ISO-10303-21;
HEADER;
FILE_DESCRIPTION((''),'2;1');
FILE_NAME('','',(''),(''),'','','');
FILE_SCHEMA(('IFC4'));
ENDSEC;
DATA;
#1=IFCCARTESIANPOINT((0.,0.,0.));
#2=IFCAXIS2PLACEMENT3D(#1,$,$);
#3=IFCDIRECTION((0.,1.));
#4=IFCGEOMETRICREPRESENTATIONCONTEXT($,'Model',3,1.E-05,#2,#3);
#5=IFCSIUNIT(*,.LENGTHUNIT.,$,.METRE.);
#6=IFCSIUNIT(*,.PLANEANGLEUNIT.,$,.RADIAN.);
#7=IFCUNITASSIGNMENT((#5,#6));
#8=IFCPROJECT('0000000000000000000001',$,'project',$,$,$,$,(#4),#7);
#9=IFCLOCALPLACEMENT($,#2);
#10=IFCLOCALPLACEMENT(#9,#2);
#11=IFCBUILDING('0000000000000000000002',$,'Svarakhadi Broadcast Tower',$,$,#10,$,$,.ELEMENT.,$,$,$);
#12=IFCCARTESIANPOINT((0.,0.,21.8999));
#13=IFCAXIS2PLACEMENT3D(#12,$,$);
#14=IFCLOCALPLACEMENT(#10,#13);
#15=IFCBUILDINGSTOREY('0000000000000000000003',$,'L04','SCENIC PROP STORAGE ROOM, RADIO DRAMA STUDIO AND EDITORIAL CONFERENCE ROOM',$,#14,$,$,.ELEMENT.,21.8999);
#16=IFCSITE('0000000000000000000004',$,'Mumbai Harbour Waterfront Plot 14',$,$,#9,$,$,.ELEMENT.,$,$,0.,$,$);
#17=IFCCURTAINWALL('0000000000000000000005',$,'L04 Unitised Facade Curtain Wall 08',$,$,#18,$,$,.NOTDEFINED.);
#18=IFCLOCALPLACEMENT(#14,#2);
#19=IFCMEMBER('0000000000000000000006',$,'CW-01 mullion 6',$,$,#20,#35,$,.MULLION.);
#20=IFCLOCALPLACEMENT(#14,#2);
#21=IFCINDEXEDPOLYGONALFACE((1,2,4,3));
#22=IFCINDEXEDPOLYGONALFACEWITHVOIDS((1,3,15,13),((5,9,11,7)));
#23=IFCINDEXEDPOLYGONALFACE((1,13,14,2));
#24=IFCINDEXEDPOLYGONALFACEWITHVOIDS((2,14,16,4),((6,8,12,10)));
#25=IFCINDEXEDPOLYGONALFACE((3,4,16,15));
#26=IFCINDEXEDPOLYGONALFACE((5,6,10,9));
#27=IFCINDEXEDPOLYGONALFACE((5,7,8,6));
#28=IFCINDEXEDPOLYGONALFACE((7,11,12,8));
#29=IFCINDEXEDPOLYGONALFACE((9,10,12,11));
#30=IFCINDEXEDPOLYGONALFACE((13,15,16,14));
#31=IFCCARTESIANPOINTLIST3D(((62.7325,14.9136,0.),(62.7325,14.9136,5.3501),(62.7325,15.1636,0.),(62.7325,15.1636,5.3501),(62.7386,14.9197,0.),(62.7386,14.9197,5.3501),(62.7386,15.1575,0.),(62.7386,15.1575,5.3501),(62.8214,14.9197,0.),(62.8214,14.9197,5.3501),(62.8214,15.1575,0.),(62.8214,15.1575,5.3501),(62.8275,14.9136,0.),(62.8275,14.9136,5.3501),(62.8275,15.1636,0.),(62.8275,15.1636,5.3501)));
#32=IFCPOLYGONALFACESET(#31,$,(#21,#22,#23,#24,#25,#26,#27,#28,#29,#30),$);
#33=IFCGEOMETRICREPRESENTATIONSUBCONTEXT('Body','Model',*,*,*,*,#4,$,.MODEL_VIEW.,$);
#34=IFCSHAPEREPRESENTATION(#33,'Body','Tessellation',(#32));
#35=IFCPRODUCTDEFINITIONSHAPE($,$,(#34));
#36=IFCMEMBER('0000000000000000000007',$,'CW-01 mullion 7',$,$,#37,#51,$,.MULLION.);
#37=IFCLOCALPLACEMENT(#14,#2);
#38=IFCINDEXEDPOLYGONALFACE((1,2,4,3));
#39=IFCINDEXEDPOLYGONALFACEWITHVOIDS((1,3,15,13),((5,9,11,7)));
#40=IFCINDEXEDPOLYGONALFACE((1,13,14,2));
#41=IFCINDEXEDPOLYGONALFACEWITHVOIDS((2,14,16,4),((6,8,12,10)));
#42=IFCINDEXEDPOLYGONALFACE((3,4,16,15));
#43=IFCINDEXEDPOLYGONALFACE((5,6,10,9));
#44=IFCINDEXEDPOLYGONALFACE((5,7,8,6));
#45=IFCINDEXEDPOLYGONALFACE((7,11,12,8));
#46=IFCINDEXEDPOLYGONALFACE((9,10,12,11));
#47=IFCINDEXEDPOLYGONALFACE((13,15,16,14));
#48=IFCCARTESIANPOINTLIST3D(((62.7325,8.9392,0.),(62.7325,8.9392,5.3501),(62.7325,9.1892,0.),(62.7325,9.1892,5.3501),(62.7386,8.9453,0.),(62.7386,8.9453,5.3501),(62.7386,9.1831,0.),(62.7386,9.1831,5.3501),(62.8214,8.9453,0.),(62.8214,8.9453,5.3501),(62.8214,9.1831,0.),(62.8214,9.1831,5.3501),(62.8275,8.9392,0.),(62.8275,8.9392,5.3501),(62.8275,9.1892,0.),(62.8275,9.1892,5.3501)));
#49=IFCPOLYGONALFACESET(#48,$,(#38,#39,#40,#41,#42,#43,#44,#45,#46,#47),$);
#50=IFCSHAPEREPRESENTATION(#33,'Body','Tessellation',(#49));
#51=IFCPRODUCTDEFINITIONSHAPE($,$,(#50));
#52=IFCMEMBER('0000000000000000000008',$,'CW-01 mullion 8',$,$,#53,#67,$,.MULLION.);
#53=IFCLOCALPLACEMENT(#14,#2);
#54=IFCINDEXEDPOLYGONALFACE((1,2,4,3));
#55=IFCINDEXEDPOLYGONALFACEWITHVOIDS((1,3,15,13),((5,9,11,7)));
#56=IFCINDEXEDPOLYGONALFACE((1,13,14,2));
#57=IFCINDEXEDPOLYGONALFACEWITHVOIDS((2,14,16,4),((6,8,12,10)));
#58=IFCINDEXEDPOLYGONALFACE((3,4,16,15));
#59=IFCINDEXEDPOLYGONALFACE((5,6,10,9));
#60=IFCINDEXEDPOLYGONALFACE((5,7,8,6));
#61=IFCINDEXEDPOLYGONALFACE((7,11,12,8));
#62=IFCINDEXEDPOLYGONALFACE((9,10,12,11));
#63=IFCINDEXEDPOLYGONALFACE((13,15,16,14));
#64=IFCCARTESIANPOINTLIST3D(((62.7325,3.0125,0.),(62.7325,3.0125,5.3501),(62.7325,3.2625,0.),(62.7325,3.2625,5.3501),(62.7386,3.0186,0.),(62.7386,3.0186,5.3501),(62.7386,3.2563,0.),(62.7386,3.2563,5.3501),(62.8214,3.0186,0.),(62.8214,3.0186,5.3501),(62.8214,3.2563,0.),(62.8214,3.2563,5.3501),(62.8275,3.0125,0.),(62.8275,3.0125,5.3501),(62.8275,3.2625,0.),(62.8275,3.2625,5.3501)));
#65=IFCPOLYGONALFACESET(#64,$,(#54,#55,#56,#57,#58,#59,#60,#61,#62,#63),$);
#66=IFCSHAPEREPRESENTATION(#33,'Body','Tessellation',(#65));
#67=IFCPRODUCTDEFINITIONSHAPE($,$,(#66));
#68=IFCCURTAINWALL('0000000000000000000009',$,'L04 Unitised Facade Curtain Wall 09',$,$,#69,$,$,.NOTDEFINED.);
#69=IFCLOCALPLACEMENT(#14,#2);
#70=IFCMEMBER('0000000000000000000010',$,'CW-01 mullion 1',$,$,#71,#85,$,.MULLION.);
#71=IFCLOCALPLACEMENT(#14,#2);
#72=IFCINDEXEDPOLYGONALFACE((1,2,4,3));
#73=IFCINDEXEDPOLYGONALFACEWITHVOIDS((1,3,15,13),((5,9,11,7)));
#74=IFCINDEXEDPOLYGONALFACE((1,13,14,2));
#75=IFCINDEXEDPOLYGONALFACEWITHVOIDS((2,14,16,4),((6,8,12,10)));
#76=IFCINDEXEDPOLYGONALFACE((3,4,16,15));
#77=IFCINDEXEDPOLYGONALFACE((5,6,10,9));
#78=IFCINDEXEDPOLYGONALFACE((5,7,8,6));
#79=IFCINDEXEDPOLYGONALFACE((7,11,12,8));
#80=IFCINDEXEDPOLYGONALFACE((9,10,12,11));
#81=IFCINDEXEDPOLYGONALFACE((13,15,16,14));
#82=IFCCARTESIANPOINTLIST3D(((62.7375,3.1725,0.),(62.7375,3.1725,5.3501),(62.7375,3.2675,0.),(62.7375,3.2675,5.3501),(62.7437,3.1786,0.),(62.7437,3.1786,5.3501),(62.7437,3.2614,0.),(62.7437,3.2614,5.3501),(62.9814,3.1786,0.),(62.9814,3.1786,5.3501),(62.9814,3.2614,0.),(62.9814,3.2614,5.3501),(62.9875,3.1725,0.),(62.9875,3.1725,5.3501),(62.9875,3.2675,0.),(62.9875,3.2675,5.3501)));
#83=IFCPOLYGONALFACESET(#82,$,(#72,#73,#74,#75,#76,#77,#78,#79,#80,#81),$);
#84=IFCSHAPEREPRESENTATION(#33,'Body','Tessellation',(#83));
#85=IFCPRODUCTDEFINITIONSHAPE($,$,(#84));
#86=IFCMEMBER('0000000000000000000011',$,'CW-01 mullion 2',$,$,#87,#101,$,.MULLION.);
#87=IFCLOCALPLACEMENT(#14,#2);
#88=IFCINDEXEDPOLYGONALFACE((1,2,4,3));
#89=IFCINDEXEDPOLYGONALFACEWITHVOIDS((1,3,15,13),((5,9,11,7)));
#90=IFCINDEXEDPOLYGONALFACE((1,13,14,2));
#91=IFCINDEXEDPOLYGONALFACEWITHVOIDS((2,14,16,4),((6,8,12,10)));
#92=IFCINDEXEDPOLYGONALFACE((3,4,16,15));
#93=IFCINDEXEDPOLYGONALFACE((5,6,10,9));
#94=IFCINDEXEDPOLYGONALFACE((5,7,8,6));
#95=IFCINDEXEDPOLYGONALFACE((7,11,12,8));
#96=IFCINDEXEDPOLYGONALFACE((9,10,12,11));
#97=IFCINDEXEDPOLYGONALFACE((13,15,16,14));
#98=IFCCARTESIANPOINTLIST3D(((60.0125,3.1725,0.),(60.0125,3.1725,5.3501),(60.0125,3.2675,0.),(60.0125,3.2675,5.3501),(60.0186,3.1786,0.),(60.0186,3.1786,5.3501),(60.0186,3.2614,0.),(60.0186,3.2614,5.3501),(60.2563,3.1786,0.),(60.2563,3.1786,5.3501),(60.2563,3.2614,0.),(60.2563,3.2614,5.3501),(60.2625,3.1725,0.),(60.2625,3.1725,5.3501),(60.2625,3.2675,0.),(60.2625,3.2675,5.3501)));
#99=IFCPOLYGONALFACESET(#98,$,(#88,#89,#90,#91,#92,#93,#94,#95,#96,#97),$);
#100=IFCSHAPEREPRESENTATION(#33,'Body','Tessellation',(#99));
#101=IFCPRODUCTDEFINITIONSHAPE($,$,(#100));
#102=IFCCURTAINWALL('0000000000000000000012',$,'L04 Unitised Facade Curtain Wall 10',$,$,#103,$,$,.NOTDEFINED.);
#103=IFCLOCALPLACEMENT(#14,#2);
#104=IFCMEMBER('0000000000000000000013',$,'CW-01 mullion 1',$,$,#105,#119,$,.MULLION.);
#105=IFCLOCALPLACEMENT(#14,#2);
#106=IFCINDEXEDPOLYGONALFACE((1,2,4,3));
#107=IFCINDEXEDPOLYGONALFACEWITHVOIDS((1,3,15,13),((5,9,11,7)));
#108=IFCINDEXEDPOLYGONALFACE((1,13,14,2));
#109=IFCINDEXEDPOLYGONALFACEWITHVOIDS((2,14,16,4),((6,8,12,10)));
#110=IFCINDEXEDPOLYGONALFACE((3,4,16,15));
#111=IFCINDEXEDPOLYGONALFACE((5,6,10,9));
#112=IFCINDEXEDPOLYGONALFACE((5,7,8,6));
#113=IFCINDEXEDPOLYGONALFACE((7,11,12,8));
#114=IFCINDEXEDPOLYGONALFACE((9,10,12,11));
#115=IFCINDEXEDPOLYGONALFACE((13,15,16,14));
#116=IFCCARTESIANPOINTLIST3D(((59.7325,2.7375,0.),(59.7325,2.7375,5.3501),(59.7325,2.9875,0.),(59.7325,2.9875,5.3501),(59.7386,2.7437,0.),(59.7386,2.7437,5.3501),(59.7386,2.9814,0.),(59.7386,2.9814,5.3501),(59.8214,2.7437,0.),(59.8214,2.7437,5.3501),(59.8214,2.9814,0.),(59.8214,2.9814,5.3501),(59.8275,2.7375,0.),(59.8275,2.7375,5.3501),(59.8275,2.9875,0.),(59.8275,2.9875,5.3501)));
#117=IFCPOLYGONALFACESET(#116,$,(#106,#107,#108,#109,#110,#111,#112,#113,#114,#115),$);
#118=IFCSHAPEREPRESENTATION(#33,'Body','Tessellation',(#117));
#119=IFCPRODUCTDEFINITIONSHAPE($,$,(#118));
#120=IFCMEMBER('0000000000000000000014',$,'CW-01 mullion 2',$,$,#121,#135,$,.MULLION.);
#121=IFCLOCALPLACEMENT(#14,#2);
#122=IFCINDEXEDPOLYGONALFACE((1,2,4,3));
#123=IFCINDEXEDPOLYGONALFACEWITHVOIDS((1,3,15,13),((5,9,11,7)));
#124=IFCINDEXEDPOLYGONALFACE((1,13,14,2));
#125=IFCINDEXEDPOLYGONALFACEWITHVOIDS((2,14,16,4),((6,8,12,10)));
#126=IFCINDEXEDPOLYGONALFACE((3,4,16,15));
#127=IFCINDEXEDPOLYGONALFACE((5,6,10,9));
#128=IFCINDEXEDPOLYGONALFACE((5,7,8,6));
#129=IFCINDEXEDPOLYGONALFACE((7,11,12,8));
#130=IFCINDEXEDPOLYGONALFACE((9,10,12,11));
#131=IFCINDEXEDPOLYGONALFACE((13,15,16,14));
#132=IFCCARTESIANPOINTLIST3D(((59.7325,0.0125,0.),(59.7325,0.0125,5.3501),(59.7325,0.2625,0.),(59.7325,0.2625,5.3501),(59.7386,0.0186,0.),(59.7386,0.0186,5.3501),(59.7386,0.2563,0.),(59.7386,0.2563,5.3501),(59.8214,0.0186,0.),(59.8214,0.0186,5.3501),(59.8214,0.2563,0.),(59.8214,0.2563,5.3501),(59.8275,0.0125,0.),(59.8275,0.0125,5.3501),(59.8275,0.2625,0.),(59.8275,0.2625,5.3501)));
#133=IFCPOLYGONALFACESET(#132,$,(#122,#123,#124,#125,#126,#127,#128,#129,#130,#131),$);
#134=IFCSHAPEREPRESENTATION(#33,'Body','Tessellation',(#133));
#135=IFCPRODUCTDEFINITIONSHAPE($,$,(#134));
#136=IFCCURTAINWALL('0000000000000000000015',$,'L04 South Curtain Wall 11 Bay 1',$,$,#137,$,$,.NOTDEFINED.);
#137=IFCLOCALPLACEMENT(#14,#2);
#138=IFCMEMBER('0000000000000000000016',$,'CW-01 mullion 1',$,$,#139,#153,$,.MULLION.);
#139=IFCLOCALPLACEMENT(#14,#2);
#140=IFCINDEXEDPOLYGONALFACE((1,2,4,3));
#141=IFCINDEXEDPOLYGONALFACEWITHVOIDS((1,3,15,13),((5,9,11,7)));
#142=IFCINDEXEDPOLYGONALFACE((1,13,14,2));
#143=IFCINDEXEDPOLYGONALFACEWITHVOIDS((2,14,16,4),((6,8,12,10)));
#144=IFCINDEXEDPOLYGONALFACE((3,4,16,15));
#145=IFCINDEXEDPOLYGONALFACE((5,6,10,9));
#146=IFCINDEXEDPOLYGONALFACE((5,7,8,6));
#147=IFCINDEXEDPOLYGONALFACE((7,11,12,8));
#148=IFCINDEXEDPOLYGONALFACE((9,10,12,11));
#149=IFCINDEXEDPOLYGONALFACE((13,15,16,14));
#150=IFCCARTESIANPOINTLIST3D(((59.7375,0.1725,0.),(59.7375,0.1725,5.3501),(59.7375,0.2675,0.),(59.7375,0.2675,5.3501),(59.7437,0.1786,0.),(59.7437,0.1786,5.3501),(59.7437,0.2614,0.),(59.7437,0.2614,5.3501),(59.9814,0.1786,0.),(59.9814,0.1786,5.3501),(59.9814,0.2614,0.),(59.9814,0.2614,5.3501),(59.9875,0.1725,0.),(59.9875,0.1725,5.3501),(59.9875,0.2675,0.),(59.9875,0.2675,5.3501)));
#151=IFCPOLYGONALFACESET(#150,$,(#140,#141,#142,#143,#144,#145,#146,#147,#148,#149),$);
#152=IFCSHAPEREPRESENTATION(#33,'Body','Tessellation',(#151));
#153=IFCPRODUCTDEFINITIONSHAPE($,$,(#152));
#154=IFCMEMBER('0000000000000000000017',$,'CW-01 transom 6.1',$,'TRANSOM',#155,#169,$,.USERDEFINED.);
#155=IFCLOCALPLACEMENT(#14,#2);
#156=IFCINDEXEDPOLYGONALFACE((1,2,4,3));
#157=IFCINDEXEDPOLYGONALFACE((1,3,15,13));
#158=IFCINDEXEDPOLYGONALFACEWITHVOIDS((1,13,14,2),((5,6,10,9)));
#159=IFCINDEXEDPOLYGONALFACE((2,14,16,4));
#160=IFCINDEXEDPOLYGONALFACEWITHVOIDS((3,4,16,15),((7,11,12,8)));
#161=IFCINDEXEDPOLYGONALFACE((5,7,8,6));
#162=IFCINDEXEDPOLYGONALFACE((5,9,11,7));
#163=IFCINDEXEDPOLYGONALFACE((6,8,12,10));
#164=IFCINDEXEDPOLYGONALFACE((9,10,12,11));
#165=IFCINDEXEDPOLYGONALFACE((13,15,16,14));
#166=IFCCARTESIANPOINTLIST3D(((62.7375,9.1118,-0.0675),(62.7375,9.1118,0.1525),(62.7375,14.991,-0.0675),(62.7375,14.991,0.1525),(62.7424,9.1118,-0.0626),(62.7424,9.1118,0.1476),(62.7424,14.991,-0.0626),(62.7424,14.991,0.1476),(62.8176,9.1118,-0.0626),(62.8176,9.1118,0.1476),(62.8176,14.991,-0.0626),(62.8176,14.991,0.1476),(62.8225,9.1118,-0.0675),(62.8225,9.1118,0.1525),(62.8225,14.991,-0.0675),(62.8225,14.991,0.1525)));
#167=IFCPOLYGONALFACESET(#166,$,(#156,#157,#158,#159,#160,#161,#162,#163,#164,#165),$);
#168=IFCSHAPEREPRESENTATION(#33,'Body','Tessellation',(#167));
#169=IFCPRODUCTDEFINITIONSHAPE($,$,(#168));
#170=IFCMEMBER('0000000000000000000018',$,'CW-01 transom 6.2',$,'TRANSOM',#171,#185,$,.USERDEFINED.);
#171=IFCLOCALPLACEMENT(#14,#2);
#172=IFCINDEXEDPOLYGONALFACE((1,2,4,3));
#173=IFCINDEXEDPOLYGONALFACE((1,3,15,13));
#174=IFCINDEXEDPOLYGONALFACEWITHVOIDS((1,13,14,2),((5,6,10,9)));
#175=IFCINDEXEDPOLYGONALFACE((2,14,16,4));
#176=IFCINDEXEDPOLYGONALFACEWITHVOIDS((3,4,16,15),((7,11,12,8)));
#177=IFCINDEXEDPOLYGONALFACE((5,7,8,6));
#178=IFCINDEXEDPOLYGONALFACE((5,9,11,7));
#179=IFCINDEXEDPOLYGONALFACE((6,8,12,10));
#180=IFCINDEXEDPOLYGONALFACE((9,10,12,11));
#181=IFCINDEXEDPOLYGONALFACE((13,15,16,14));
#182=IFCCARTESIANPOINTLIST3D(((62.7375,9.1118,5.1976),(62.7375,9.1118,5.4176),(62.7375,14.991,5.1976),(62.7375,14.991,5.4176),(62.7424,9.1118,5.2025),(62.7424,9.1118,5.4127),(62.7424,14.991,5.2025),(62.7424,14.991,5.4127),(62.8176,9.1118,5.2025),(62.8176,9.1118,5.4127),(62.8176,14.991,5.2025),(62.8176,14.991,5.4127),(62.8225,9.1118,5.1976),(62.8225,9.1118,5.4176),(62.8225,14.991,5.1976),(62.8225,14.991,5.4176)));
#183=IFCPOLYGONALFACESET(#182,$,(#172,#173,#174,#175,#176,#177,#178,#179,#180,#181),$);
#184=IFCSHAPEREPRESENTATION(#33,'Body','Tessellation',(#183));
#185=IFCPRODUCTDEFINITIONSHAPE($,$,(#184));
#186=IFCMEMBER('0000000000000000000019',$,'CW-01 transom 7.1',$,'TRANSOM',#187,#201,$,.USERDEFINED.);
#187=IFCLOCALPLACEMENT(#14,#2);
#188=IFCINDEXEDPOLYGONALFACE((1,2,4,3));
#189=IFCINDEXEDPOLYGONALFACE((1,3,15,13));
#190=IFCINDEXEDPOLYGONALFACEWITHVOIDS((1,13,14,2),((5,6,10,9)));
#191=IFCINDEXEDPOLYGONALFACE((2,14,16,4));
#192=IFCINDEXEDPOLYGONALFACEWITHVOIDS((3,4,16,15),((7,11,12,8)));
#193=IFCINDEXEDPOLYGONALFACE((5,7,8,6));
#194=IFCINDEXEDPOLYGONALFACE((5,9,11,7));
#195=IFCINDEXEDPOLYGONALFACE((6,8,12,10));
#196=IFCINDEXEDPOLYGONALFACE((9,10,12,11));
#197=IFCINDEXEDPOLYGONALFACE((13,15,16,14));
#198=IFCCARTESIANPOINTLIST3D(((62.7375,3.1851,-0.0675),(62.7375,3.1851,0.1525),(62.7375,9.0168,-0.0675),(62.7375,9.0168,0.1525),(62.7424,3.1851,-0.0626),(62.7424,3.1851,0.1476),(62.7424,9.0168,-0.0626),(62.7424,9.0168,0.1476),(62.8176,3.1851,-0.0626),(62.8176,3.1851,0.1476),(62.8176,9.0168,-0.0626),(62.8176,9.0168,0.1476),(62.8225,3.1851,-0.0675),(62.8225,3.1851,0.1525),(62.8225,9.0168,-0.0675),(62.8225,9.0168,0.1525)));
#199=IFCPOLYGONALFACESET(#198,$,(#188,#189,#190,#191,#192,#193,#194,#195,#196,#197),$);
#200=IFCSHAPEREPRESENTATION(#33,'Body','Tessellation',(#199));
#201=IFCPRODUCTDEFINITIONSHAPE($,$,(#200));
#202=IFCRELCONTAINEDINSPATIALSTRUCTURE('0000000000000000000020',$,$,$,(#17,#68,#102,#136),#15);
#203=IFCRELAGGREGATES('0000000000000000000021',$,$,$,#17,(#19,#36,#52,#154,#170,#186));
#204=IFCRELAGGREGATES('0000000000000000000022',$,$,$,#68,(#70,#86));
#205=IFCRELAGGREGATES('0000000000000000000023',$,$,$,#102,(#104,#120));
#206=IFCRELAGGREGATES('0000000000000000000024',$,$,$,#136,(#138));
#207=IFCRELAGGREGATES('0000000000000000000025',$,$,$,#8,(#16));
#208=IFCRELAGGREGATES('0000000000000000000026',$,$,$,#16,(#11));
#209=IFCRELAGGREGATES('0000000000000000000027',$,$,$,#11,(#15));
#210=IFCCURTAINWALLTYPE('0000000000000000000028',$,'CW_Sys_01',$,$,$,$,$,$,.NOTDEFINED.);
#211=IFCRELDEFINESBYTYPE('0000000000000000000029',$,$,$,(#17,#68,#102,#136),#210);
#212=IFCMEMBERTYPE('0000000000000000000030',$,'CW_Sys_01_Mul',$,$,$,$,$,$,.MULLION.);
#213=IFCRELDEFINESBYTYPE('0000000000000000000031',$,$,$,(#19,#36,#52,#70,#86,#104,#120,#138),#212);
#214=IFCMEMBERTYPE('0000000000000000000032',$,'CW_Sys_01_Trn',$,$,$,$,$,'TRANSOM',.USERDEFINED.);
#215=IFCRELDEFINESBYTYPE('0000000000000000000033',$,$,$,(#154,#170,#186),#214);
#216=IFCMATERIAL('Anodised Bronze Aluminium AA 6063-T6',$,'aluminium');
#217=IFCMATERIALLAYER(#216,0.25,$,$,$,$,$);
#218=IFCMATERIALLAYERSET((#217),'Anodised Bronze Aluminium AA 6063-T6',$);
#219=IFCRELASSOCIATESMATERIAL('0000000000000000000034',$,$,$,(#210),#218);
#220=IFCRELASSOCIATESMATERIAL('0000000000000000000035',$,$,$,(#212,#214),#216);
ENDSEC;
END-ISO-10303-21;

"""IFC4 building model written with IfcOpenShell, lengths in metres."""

from ifc_helpers import new_model, si_unit, direction, frame, origin, origin_2d, place, context, subcontext, project, spatial, hollow_rectangle, extrude, material, layer, layer_set, material_profile, profile_set, type_object, element, aggregate, save


model = new_model("IFC4")

# Units and contexts
model_context = context("Model", 3, precision=1e-05, world=origin(), true_north=direction((0.0, 1.0)))
body_context = subcontext(model_context, "Body", "Model", "MODEL_VIEW")
ifc_project = project(units=[si_unit("LENGTHUNIT", "METRE"), si_unit("PLANEANGLEUNIT", "RADIAN")], contexts=[model_context])

# Site, building, storey
site_placement = place(None, origin())
site = spatial("IfcSite", under=ifc_project, at=site_placement, Name="Mumbai Harbour Waterfront Plot 14", CompositionType="ELEMENT", RefElevation=0.0)
building_placement = place(site_placement, origin())
building = spatial("IfcBuilding", under=site, at=building_placement, Name="Svarakhadi Broadcast Tower", CompositionType="ELEMENT")
storey_placement = place(building_placement, frame((0.0, 0.0, 21.8999)))
storey = spatial("IfcBuildingStorey", under=building, at=storey_placement, Name="L04", Description="SCENIC PROP STORAGE ROOM, RADIO DRAMA STUDIO AND EDITORIAL CONFERENCE ROOM", CompositionType="ELEMENT", Elevation=21.8999)

# Curtain walls, members
ifc_material_1 = material(Name="Anodised Bronze Aluminium AA 6063-T6", Category="aluminium")
ifc_layer_1 = layer(ifc_material_1, 0.25)
ifc_layer_set_1 = layer_set([ifc_layer_1], Name="Anodised Bronze Aluminium AA 6063-T6")
curtain_wall_type = type_object("IfcCurtainWallType", Name="CW_Sys_01", PredefinedType="NOTDEFINED", material=ifc_layer_set_1)
curtain_wall_1_placement = place(storey_placement, origin())
curtain_wall_1 = element("IfcCurtainWall", 1, at=curtain_wall_1_placement, inside=storey, type_object=curtain_wall_type, Name="L04 Unitised Facade Curtain Wall 08", PredefinedType="NOTDEFINED")
ifc_material_profile_1 = material_profile(ifc_material_1, hollow_rectangle(XDim=0.095, YDim=0.25, WallThickness=0.0061, at=origin_2d()), Name="ALU MULLION 250x95x6")
ifc_profile_set_1 = profile_set([ifc_material_profile_1], Name="Anodised Bronze Aluminium AA 6063-T6")
member_type_1 = type_object("IfcMemberType", Name="CW_Sys_01_Mul", PredefinedType="MULLION", material=ifc_profile_set_1)
member_1_placement = place(storey_placement, frame((62.78, 15.0386, 0.0), z_axis=(0.0, 0.0, 1.0), x_axis=(1.0, 0.0, 0.0)))
member_1 = element("IfcMember", 2, at=member_1_placement, type_object=member_type_1, Name="CW-01 mullion 6", PredefinedType="MULLION", context=body_context, shape_type="SweptSolid", body=[
    extrude(hollow_rectangle(XDim=0.095, YDim=0.25, WallThickness=0.0061, at=origin_2d()), origin(), (0.0, 0.0, 1.0), 5.3501),
])
member_2_placement = place(storey_placement, frame((62.78, 9.0642, 0.0), z_axis=(0.0, 0.0, 1.0), x_axis=(1.0, 0.0, 0.0)))
member_2 = element("IfcMember", 3, at=member_2_placement, type_object=member_type_1, Name="CW-01 mullion 7", PredefinedType="MULLION", context=body_context, shape_type="SweptSolid", body=[
    extrude(hollow_rectangle(XDim=0.095, YDim=0.25, WallThickness=0.0061, at=origin_2d()), origin(), (0.0, 0.0, 1.0), 5.3501),
])
member_3_placement = place(storey_placement, frame((62.78, 3.1375, 0.0), z_axis=(0.0, 0.0, 1.0), x_axis=(1.0, 0.0, 0.0)))
member_3 = element("IfcMember", 4, at=member_3_placement, type_object=member_type_1, Name="CW-01 mullion 8", PredefinedType="MULLION", context=body_context, shape_type="SweptSolid", body=[
    extrude(hollow_rectangle(XDim=0.095, YDim=0.25, WallThickness=0.0061, at=origin_2d()), origin(), (0.0, 0.0, 1.0), 5.3501),
])
curtain_wall_2_placement = place(storey_placement, origin())
curtain_wall_2 = element("IfcCurtainWall", 5, at=curtain_wall_2_placement, inside=storey, type_object=curtain_wall_type, Name="L04 Unitised Facade Curtain Wall 09", PredefinedType="NOTDEFINED")
member_4_placement = place(storey_placement, frame((62.8625, 3.22, 0.0), z_axis=(0.0, 0.0, 1.0), x_axis=(0.0, -1.0, 0.0)))
member_4 = element("IfcMember", 6, at=member_4_placement, type_object=member_type_1, Name="CW-01 mullion 1", PredefinedType="MULLION", context=body_context, shape_type="SweptSolid", body=[
    extrude(hollow_rectangle(XDim=0.095, YDim=0.25, WallThickness=0.0061, at=origin_2d()), origin(), (0.0, 0.0, 1.0), 5.3501),
])
member_5_placement = place(storey_placement, frame((60.1375, 3.22, 0.0), z_axis=(0.0, 0.0, 1.0), x_axis=(0.0, -1.0, 0.0)))
member_5 = element("IfcMember", 7, at=member_5_placement, type_object=member_type_1, Name="CW-01 mullion 2", PredefinedType="MULLION", context=body_context, shape_type="SweptSolid", body=[
    extrude(hollow_rectangle(XDim=0.095, YDim=0.25, WallThickness=0.0061, at=origin_2d()), origin(), (0.0, 0.0, 1.0), 5.3501),
])
curtain_wall_3_placement = place(storey_placement, origin())
curtain_wall_3 = element("IfcCurtainWall", 8, at=curtain_wall_3_placement, inside=storey, type_object=curtain_wall_type, Name="L04 Unitised Facade Curtain Wall 10", PredefinedType="NOTDEFINED")
member_6_placement = place(storey_placement, frame((59.78, 2.8625, 0.0), z_axis=(0.0, 0.0, 1.0), x_axis=(1.0, 0.0, 0.0)))
member_6 = element("IfcMember", 9, at=member_6_placement, type_object=member_type_1, Name="CW-01 mullion 1", PredefinedType="MULLION", context=body_context, shape_type="SweptSolid", body=[
    extrude(hollow_rectangle(XDim=0.095, YDim=0.25, WallThickness=0.0061, at=origin_2d()), origin(), (0.0, 0.0, 1.0), 5.3501),
])
member_7_placement = place(storey_placement, frame((59.78, 0.1375, 0.0), z_axis=(0.0, 0.0, 1.0), x_axis=(1.0, 0.0, 0.0)))
member_7 = element("IfcMember", 10, at=member_7_placement, type_object=member_type_1, Name="CW-01 mullion 2", PredefinedType="MULLION", context=body_context, shape_type="SweptSolid", body=[
    extrude(hollow_rectangle(XDim=0.095, YDim=0.25, WallThickness=0.0061, at=origin_2d()), origin(), (0.0, 0.0, 1.0), 5.3501),
])

# Curtain wall, member
curtain_wall_4_placement = place(storey_placement, origin())
curtain_wall_4 = element("IfcCurtainWall", 11, at=curtain_wall_4_placement, inside=storey, type_object=curtain_wall_type, Name="L04 South Curtain Wall 11 Bay 1", PredefinedType="NOTDEFINED")
member_8_placement = place(storey_placement, frame((59.8625, 0.22, 0.0), z_axis=(0.0, 0.0, 1.0), x_axis=(0.0, -1.0, 0.0)))
member_8 = element("IfcMember", 12, at=member_8_placement, type_object=member_type_1, Name="CW-01 mullion 1", PredefinedType="MULLION", context=body_context, shape_type="SweptSolid", body=[
    extrude(hollow_rectangle(XDim=0.095, YDim=0.25, WallThickness=0.0061, at=origin_2d()), origin(), (0.0, 0.0, 1.0), 5.3501),
])

# Members
ifc_material_profile_2 = material_profile(ifc_material_1, hollow_rectangle(XDim=0.085, YDim=0.22, WallThickness=0.0049, at=origin_2d()), Name="ALU TRANSOM 220x85x5")
ifc_profile_set_2 = profile_set([ifc_material_profile_2], Name="Anodised Bronze Aluminium AA 6063-T6")
member_type_2 = type_object("IfcMemberType", Name="CW_Sys_01_Trn", ElementType="TRANSOM", PredefinedType="USERDEFINED", material=ifc_profile_set_2)
member_9_placement = place(storey_placement, frame((62.78, 14.991, 0.0425), z_axis=(0.0, -1.0, 0.0), x_axis=(1.0, 0.0, 0.0)))
member_9 = element("IfcMember", 13, at=member_9_placement, type_object=member_type_2, Name="CW-01 transom 6.1", ObjectType="TRANSOM", PredefinedType="USERDEFINED", context=body_context, shape_type="SweptSolid", body=[
    extrude(hollow_rectangle(XDim=0.085, YDim=0.22, WallThickness=0.0049, at=origin_2d()), origin(), (0.0, 0.0, 1.0), 5.8792),
])
member_10_placement = place(storey_placement, frame((62.78, 14.991, 5.3076), z_axis=(0.0, -1.0, 0.0), x_axis=(1.0, 0.0, 0.0)))
member_10 = element("IfcMember", 14, at=member_10_placement, type_object=member_type_2, Name="CW-01 transom 6.2", ObjectType="TRANSOM", PredefinedType="USERDEFINED", context=body_context, shape_type="SweptSolid", body=[
    extrude(hollow_rectangle(XDim=0.085, YDim=0.22, WallThickness=0.0049, at=origin_2d()), origin(), (0.0, 0.0, 1.0), 5.8792),
])
member_11_placement = place(storey_placement, frame((62.78, 9.0168, 0.0425), z_axis=(0.0, -1.0, 0.0), x_axis=(1.0, 0.0, 0.0)))
member_11 = element("IfcMember", 15, at=member_11_placement, type_object=member_type_2, Name="CW-01 transom 7.1", ObjectType="TRANSOM", PredefinedType="USERDEFINED", context=body_context, shape_type="SweptSolid", body=[
    extrude(hollow_rectangle(XDim=0.085, YDim=0.22, WallThickness=0.0049, at=origin_2d()), origin(), (0.0, 0.0, 1.0), 5.8318),
])

aggregate(curtain_wall_1, [member_1, member_2, member_3, member_9, member_10, member_11])
aggregate(curtain_wall_2, [member_4, member_5])
aggregate(curtain_wall_3, [member_6, member_7])
aggregate(curtain_wall_4, [member_8])

save(model, "model.ifc")
